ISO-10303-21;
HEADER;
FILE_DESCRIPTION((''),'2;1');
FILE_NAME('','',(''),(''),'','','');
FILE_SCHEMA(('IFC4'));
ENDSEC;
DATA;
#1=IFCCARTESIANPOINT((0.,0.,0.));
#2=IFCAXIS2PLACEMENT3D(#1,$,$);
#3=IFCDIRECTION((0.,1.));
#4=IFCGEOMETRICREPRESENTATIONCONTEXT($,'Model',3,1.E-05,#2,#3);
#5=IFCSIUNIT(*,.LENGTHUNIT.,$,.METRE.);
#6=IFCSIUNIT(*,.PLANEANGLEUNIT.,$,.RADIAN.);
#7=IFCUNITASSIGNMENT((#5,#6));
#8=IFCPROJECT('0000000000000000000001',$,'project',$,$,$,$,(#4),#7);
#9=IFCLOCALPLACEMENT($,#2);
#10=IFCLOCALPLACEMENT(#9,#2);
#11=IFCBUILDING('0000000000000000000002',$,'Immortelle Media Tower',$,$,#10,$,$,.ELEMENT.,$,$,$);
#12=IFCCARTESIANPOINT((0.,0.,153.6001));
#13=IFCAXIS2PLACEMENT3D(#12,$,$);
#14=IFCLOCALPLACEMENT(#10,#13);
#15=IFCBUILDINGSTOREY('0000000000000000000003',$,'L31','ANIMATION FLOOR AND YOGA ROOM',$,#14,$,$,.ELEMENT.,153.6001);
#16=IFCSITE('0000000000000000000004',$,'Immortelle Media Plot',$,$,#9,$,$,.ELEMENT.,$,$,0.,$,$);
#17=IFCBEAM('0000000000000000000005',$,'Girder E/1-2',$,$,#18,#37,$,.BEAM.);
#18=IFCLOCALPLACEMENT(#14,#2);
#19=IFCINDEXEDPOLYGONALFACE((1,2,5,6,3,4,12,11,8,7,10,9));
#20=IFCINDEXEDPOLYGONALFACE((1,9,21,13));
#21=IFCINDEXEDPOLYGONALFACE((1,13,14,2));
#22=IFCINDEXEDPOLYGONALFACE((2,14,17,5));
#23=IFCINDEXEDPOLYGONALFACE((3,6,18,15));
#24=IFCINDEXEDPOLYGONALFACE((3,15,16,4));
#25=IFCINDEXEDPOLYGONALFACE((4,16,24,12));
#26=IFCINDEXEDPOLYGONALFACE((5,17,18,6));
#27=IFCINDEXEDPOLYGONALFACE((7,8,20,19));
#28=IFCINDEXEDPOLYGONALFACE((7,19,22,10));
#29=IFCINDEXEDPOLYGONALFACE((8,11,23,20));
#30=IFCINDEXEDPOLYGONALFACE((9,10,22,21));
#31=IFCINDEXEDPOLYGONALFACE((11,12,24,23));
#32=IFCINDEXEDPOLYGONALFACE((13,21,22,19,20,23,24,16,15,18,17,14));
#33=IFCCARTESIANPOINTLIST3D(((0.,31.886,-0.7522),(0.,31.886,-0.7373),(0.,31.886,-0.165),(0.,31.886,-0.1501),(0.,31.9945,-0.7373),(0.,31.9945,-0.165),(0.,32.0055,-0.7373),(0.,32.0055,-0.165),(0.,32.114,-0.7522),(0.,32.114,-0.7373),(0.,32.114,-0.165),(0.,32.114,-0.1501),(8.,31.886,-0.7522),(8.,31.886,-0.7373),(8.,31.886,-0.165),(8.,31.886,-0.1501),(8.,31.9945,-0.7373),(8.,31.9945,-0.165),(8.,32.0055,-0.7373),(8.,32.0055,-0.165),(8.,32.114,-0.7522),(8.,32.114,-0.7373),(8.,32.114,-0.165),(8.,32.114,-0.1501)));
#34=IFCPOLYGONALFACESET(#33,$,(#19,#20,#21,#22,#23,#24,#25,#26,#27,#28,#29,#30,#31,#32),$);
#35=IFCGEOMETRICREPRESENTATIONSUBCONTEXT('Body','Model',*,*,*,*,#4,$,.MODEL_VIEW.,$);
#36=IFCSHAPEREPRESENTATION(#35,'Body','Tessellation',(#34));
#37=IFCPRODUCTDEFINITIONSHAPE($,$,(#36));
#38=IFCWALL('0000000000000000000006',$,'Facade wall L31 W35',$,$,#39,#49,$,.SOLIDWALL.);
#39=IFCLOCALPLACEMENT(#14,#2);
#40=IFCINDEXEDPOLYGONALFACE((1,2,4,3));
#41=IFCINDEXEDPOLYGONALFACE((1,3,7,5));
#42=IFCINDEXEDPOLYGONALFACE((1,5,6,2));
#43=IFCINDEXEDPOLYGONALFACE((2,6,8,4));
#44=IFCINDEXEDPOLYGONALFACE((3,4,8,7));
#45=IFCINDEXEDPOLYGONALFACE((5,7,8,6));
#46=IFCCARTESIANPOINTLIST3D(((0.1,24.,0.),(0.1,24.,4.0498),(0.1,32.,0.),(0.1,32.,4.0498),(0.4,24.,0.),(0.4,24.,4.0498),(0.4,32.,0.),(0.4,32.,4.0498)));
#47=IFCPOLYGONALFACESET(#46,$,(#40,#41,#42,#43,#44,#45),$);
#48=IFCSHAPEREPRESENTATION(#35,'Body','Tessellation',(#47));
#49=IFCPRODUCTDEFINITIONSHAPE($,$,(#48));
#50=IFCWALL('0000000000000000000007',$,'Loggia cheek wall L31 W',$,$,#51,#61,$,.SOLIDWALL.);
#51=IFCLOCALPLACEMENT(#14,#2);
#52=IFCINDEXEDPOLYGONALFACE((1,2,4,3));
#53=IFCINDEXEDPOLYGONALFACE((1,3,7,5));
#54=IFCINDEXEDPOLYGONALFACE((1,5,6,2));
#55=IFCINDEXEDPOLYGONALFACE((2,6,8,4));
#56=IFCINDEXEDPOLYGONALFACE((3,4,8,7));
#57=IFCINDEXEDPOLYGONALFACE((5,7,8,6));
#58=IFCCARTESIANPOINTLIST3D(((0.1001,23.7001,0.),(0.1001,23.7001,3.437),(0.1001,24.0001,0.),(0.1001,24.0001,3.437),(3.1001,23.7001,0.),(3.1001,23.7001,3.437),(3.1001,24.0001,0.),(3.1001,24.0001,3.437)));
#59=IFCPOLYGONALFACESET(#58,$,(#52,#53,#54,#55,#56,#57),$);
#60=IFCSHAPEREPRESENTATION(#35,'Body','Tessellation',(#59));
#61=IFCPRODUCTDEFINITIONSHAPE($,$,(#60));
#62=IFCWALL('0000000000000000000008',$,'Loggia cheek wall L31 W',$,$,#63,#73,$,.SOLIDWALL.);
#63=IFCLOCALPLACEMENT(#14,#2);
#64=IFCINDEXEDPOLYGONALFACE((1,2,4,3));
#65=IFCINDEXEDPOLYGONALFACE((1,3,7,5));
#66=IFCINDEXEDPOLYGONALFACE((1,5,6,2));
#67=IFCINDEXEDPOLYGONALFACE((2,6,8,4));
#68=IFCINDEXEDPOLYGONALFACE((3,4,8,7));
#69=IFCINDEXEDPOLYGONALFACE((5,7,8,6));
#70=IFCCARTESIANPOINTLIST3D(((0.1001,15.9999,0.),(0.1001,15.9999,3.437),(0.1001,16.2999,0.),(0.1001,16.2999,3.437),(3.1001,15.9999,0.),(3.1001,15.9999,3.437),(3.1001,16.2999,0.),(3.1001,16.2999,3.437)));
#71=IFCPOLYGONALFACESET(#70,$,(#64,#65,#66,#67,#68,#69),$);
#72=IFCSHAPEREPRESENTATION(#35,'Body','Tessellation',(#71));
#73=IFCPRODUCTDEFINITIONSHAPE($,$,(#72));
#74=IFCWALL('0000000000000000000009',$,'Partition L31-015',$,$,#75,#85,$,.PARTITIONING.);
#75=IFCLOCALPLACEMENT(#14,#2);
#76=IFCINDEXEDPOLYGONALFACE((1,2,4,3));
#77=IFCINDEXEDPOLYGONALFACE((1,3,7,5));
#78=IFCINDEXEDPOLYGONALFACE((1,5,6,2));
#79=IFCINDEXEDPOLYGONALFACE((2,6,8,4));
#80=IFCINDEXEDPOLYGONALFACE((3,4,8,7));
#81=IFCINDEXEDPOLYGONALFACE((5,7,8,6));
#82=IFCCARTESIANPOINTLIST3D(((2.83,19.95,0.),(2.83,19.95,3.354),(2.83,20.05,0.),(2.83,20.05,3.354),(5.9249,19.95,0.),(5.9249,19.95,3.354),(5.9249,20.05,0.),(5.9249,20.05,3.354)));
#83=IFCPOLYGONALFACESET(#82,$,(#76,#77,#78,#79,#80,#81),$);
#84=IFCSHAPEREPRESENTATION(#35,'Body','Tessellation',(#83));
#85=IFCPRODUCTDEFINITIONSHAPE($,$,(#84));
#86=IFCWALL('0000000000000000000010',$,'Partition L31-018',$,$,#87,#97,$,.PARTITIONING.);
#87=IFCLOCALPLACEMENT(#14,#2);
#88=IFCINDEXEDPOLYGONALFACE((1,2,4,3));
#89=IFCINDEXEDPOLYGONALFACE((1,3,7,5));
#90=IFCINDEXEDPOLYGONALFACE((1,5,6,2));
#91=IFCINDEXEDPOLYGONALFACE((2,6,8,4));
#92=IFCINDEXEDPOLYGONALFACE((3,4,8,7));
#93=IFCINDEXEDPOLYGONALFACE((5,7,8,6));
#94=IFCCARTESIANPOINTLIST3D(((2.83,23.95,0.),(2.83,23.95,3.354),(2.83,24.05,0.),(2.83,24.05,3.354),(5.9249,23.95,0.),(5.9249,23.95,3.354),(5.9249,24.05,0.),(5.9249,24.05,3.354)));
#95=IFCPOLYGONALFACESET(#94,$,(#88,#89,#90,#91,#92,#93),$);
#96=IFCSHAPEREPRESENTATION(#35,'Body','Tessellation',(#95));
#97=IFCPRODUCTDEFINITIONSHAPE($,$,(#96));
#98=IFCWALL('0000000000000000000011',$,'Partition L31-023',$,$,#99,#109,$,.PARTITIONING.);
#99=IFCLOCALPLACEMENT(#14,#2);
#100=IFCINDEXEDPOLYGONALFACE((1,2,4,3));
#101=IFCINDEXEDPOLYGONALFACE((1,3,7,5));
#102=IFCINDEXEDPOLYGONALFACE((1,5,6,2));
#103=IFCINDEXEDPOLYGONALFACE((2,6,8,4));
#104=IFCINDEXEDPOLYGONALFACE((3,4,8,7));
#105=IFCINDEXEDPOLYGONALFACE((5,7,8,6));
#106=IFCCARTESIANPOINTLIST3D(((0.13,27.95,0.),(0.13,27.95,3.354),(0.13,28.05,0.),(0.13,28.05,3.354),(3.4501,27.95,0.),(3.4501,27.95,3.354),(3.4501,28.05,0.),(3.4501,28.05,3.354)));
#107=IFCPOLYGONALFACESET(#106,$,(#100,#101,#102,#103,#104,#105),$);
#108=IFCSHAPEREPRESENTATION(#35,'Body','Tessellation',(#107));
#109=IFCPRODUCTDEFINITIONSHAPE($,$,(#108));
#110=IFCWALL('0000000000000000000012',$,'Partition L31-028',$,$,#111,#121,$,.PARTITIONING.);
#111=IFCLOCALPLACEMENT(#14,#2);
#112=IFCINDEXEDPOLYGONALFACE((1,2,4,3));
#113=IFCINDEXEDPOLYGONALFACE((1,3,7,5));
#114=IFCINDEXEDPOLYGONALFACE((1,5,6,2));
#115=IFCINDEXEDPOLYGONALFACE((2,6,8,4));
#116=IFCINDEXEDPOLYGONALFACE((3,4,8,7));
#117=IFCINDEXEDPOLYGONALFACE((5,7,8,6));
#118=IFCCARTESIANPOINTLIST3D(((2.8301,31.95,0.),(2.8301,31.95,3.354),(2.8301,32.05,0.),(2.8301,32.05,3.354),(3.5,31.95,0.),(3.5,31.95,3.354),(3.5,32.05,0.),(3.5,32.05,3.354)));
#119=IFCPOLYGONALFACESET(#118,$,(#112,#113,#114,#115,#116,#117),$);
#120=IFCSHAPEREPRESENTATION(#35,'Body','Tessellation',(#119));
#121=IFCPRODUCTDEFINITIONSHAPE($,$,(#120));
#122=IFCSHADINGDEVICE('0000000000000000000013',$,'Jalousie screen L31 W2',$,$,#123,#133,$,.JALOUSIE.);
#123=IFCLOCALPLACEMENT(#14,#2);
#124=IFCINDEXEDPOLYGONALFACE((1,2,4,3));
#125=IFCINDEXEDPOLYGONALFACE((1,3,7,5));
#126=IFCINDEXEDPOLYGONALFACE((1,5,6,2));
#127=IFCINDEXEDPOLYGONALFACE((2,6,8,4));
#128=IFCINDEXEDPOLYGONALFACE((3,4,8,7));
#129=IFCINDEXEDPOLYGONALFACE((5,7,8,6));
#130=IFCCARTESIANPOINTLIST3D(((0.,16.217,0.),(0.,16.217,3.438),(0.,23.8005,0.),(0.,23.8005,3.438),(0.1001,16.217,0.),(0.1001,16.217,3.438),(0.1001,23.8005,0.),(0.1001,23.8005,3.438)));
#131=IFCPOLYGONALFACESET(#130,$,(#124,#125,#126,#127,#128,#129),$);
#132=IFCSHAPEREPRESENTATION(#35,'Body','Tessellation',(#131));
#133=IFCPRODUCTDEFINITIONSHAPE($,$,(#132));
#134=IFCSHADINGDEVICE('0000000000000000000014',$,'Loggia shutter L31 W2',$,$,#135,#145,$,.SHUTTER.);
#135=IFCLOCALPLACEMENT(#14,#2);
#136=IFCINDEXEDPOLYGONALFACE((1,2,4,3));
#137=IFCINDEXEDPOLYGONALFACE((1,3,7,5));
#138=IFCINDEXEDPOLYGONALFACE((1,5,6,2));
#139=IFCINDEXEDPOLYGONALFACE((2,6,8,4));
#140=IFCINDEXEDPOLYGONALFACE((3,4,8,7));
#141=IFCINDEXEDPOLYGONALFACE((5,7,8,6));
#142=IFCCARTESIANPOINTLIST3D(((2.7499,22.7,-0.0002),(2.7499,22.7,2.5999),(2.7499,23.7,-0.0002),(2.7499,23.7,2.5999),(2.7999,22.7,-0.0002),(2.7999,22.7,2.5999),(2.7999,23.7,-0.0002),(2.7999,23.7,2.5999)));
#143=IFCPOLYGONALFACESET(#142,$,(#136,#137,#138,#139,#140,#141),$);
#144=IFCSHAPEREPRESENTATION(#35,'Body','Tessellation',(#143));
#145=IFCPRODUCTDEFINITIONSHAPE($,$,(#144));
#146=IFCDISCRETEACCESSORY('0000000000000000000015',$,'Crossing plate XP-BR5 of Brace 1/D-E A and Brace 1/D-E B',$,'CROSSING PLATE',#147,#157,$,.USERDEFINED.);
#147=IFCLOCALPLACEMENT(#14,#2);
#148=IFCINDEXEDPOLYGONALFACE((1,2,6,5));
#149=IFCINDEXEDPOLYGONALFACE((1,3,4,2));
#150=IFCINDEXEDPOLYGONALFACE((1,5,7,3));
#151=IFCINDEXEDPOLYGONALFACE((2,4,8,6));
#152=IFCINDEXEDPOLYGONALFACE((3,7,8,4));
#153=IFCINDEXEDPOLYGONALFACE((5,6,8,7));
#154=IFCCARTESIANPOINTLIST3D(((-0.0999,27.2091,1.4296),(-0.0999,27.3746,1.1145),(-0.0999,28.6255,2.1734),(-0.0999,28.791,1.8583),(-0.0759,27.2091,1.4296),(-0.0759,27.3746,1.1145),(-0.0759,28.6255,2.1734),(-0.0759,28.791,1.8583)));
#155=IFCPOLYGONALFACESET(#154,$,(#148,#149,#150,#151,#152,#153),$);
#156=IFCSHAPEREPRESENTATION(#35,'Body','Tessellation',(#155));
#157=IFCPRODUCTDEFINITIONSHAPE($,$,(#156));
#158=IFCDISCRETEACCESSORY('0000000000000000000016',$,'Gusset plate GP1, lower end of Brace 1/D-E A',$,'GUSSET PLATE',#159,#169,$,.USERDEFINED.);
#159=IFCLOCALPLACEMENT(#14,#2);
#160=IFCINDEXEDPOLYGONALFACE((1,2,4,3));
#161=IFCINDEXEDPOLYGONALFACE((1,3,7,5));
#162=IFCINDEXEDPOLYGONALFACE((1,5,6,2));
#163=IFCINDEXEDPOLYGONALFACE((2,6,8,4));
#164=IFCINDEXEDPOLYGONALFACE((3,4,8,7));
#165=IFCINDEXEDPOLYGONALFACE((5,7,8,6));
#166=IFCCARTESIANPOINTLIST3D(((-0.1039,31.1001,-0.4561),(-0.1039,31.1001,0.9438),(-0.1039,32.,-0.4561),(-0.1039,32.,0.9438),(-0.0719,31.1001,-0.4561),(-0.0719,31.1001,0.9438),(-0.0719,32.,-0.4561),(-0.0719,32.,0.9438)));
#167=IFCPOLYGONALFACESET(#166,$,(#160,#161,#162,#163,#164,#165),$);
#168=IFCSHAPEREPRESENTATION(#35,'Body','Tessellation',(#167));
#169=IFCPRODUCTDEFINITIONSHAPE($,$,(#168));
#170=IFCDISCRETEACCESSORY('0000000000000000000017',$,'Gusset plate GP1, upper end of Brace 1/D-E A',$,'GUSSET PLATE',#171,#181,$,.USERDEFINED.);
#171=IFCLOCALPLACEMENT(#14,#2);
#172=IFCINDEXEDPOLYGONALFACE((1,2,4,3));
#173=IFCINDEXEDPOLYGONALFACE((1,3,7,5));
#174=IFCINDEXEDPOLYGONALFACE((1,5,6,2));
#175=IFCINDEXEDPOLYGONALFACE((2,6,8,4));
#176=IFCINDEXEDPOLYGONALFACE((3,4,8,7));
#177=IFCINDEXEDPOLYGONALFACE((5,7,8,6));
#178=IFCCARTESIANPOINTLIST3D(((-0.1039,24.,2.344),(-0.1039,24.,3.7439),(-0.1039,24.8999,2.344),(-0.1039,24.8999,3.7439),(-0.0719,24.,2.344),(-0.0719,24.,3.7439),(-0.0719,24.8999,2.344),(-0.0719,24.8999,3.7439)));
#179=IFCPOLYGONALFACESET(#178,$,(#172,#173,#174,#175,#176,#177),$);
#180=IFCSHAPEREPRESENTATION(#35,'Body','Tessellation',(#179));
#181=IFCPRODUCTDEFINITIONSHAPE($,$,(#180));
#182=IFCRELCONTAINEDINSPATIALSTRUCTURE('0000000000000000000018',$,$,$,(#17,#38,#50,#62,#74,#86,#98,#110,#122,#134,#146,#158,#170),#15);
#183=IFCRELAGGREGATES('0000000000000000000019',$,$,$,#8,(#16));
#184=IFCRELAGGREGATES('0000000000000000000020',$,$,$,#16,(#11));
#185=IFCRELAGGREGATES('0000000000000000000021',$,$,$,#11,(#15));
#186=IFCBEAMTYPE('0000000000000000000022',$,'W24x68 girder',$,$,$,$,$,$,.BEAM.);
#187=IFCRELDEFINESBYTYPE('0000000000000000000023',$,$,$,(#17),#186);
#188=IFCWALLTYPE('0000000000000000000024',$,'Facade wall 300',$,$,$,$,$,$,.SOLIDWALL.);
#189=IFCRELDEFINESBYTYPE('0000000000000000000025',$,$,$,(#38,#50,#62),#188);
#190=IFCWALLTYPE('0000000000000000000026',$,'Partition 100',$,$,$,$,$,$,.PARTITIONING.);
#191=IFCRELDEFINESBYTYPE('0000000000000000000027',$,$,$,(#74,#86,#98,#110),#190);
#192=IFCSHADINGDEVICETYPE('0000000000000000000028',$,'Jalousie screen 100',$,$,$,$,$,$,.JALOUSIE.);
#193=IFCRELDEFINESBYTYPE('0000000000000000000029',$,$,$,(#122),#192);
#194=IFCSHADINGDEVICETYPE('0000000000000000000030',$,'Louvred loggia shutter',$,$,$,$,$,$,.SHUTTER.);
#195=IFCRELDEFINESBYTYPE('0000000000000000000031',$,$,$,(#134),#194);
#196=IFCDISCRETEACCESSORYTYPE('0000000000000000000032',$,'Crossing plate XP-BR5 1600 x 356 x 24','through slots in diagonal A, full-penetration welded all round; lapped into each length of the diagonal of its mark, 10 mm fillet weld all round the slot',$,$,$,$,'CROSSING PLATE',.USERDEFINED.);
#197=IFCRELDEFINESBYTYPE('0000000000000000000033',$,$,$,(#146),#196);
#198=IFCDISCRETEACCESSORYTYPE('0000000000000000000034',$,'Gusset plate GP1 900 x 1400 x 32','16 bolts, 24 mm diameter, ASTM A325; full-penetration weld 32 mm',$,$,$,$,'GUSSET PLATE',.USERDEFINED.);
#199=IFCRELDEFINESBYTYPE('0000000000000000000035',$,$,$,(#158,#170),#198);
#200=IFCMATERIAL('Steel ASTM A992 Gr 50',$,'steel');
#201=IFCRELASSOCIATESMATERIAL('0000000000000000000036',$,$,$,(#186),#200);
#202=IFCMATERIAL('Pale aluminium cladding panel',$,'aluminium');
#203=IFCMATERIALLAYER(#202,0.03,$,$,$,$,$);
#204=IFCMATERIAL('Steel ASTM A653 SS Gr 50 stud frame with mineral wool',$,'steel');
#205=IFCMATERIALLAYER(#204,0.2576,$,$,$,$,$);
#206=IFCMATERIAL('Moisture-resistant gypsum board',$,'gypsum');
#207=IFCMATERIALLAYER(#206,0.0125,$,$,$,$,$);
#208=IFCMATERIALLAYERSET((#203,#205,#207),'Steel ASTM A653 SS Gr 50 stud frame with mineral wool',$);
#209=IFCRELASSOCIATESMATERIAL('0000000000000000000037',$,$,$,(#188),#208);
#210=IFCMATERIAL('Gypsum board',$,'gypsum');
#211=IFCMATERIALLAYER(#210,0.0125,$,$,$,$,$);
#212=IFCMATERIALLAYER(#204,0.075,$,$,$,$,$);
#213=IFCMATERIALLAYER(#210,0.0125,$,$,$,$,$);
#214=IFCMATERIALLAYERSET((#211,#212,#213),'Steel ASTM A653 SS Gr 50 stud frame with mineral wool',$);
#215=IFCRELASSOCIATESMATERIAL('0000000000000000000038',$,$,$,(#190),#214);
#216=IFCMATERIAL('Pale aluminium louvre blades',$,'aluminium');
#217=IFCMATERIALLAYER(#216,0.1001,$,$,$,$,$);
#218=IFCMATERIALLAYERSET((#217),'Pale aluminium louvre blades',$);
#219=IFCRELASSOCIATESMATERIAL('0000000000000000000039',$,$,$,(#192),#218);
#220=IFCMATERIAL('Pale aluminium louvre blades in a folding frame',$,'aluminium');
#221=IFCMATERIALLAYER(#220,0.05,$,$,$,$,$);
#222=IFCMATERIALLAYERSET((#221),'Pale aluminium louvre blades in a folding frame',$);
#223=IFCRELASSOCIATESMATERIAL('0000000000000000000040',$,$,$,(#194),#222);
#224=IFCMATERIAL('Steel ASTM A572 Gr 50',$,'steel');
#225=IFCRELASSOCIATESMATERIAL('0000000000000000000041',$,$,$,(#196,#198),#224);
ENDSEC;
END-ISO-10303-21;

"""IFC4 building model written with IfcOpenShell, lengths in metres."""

from ifc_helpers import new_model, si_unit, direction, frame, frame_2d, origin, origin_2d, place, context, subcontext, project, spatial, rectangle, i_section, extrude, material, layer, layer_set, material_profile, profile_set, type_object, element, save


model = new_model("IFC4")

# Units and contexts
model_context = context("Model", 3, precision=1e-05, world=origin(), true_north=direction((0.0, 1.0)))
body_context = subcontext(model_context, "Body", "Model", "MODEL_VIEW")
ifc_project = project(units=[si_unit("LENGTHUNIT", "METRE"), si_unit("PLANEANGLEUNIT", "RADIAN")], contexts=[model_context])

# Site, building, storey
site_placement = place(None, origin())
site = spatial("IfcSite", under=ifc_project, at=site_placement, Name="Immortelle Media Plot", CompositionType="ELEMENT", RefElevation=0.0)
building_placement = place(site_placement, origin())
building = spatial("IfcBuilding", under=site, at=building_placement, Name="Immortelle Media Tower", CompositionType="ELEMENT")
storey_placement = place(building_placement, frame((0.0, 0.0, 153.6001)))
storey = spatial("IfcBuildingStorey", under=building, at=storey_placement, Name="L31", Description="ANIMATION FLOOR AND YOGA ROOM", CompositionType="ELEMENT", Elevation=153.6001)

# Shared definitions
ifc_material_1 = material(Name="Steel ASTM A992 Gr 50", Category="steel")

# Beam
ifc_material_profile_1 = material_profile(ifc_material_1, i_section(OverallWidth=0.228, OverallDepth=0.6021, WebThickness=0.011, FlangeThickness=0.0149, at=origin_2d()), Name="W24x68")
ifc_profile_set_1 = profile_set([ifc_material_profile_1], Name="Steel ASTM A992 Gr 50")
beam_type_1 = type_object("IfcBeamType", Name="W24x68 girder", PredefinedType="BEAM", material=ifc_profile_set_1)
for number, where, z_axis, x_axis, name in (
    (1, (0.0, 32.0, -0.4512), (1.0, 0.0, 0.0), (0.0, 1.0, 0.0), "Girder E/1-2"),
):
    element("IfcBeam", number, at=place(storey_placement, frame(where, z_axis=z_axis, x_axis=x_axis)), inside=storey, type_object=beam_type_1, Name=name, PredefinedType="BEAM", context=body_context, shape_type="SweptSolid", body=[
        extrude(i_section(OverallWidth=0.228, OverallDepth=0.6021, WebThickness=0.011, FlangeThickness=0.0149, at=origin_2d()), origin(), (0.0, 0.0, 1.0), 8.0),
    ])

# Walls
ifc_material_2 = material(Name="Pale aluminium cladding panel", Category="aluminium")
ifc_layer_1 = layer(ifc_material_2, 0.03)
ifc_material_3 = material(Name="Steel ASTM A653 SS Gr 50 stud frame with mineral wool", Category="steel")
ifc_layer_2 = layer(ifc_material_3, 0.2576)
ifc_material_4 = material(Name="Moisture-resistant gypsum board", Category="gypsum")
ifc_layer_3 = layer(ifc_material_4, 0.0125)
ifc_layer_set_1 = layer_set([ifc_layer_1, ifc_layer_2, ifc_layer_3], Name="Steel ASTM A653 SS Gr 50 stud frame with mineral wool")
wall_type_1 = type_object("IfcWallType", Name="Facade wall 300", PredefinedType="SOLIDWALL", material=ifc_layer_set_1)
wall_1_placement = place(storey_placement, frame((0.25, 32.0, 0.0), z_axis=(0.0, 0.0, 1.0), x_axis=(0.0, -1.0, 0.0)))
element("IfcWall", 2, at=wall_1_placement, inside=storey, type_object=wall_type_1, Name="Facade wall L31 W35", PredefinedType="SOLIDWALL", context=body_context, shape_type="SweptSolid", body=[
    extrude(rectangle(XDim=8.0, YDim=0.3, at=frame_2d((4.0, 0.0))), origin(), (0.0, 0.0, 1.0), 4.0498),
])
for number, where, z_axis, x_axis, name in (
    (3, (0.1001, 23.8501, 0.0), (0.0, 0.0, 1.0), (1.0, 0.0, 0.0), "Loggia cheek wall L31 W"),
    (4, (0.1001, 16.1499, 0.0), (0.0, 0.0, 1.0), (1.0, 0.0, 0.0), "Loggia cheek wall L31 W"),
):
    element("IfcWall", number, at=place(storey_placement, frame(where, z_axis=z_axis, x_axis=x_axis)), inside=storey, type_object=wall_type_1, Name=name, PredefinedType="SOLIDWALL", context=body_context, shape_type="SweptSolid", body=[
        extrude(rectangle(XDim=3.0, YDim=0.3, at=frame_2d((1.5, 0.0))), origin(), (0.0, 0.0, 1.0), 3.437),
    ])
ifc_material_5 = material(Name="Gypsum board", Category="gypsum")
ifc_layer_4 = layer(ifc_material_5, 0.0125)
ifc_layer_5 = layer(ifc_material_3, 0.075)
ifc_layer_6 = layer(ifc_material_5, 0.0125)
ifc_layer_set_2 = layer_set([ifc_layer_4, ifc_layer_5, ifc_layer_6], Name="Steel ASTM A653 SS Gr 50 stud frame with mineral wool")
wall_type_2 = type_object("IfcWallType", Name="Partition 100", PredefinedType="PARTITIONING", material=ifc_layer_set_2)
for number, where, z_axis, x_axis, name in (
    (5, (2.8301, 20.0, 0.0), (0.0, 0.0, 1.0), (1.0, 0.0, 0.0), "Partition L31-015"),
    (6, (2.8301, 24.0, 0.0), (0.0, 0.0, 1.0), (1.0, 0.0, 0.0), "Partition L31-018"),
):
    element("IfcWall", number, at=place(storey_placement, frame(where, z_axis=z_axis, x_axis=x_axis)), inside=storey, type_object=wall_type_2, Name=name, PredefinedType="PARTITIONING", context=body_context, shape_type="SweptSolid", body=[
        extrude(rectangle(XDim=3.095, YDim=0.1001, at=frame_2d((1.5474, 0.0))), origin(), (0.0, 0.0, 1.0), 3.354),
    ])
wall_2_placement = place(storey_placement, frame((0.1299, 28.0, 0.0), z_axis=(0.0, 0.0, 1.0), x_axis=(1.0, 0.0, 0.0)))
element("IfcWall", 7, at=wall_2_placement, inside=storey, type_object=wall_type_2, Name="Partition L31-023", PredefinedType="PARTITIONING", context=body_context, shape_type="SweptSolid", body=[
    extrude(rectangle(XDim=3.3201, YDim=0.1001, at=frame_2d((1.6602, 0.0))), origin(), (0.0, 0.0, 1.0), 3.354),
])
wall_3_placement = place(storey_placement, frame((2.8301, 32.0, 0.0), z_axis=(0.0, 0.0, 1.0), x_axis=(1.0, 0.0, 0.0)))
element("IfcWall", 8, at=wall_3_placement, inside=storey, type_object=wall_type_2, Name="Partition L31-028", PredefinedType="PARTITIONING", context=body_context, shape_type="SweptSolid", body=[
    extrude(rectangle(XDim=0.6699, YDim=0.1001, at=frame_2d((0.335, 0.0))), origin(), (0.0, 0.0, 1.0), 3.354),
])

# Shading devices
ifc_material_6 = material(Name="Pale aluminium louvre blades", Category="aluminium")
ifc_layer_7 = layer(ifc_material_6, 0.1001)
ifc_layer_set_3 = layer_set([ifc_layer_7], Name="Pale aluminium louvre blades")
shading_device_type_1 = type_object("IfcShadingDeviceType", Name="Jalousie screen 100", PredefinedType="JALOUSIE", material=ifc_layer_set_3)
shading_device_1_placement = place(storey_placement, frame((0.05, 20.0088, 0.0), z_axis=(0.0, 0.0, 1.0), x_axis=(0.0, -1.0, 0.0)))
element("IfcShadingDevice", 9, at=shading_device_1_placement, inside=storey, type_object=shading_device_type_1, Name="Jalousie screen L31 W2", PredefinedType="JALOUSIE", context=body_context, shape_type="SweptSolid", body=[
    extrude(rectangle(XDim=7.5835, YDim=0.1001, at=origin_2d()), origin(), (0.0, 0.0, 1.0), 3.438),
])
ifc_material_7 = material(Name="Pale aluminium louvre blades in a folding frame", Category="aluminium")
ifc_layer_8 = layer(ifc_material_7, 0.05)
ifc_layer_set_4 = layer_set([ifc_layer_8], Name="Pale aluminium louvre blades in a folding frame")
shading_device_type_2 = type_object("IfcShadingDeviceType", Name="Louvred loggia shutter", PredefinedType="SHUTTER", material=ifc_layer_set_4)
shading_device_2_placement = place(storey_placement, frame((2.7749, 23.2, -0.0002), z_axis=(0.0, 0.0, 1.0), x_axis=(0.0, -1.0, 0.0)))
element("IfcShadingDevice", 10, at=shading_device_2_placement, inside=storey, type_object=shading_device_type_2, Name="Loggia shutter L31 W2", PredefinedType="SHUTTER", context=body_context, shape_type="SweptSolid", body=[
    extrude(rectangle(XDim=1.0, YDim=0.05, at=origin_2d()), origin(), (0.0, 0.0, 1.0), 2.6001),
])

# Discrete accessories
ifc_material_8 = material(Name="Steel ASTM A572 Gr 50", Category="steel")
ifc_material_profile_2 = material_profile(ifc_material_8, rectangle(XDim=0.0239, YDim=0.356, at=origin_2d()), Name="PL 24 x 356")
ifc_profile_set_2 = profile_set([ifc_material_profile_2], Name="Steel ASTM A572 Gr 50")
discrete_accessory_type_1 = type_object("IfcDiscreteAccessoryType", Name="Crossing plate XP-BR5 1600 x 356 x 24", Description="through slots in diagonal A, full-penetration welded all round; lapped into each length of the diagonal of its mark, 10 mm fillet weld all round the slot", ElementType="CROSSING PLATE", PredefinedType="USERDEFINED", material=ifc_profile_set_2)
discrete_accessory_placement = place(storey_placement, frame((-0.0879, 28.7083, 2.0159), z_axis=(0.0, -0.885338, -0.464948), x_axis=(1.0, 0.0, 0.0)))
element("IfcDiscreteAccessory", 11, at=discrete_accessory_placement, inside=storey, type_object=discrete_accessory_type_1, Name="Crossing plate XP-BR5 of Brace 1/D-E A and Brace 1/D-E B", ObjectType="CROSSING PLATE", PredefinedType="USERDEFINED", context=body_context, shape_type="SweptSolid", body=[
    extrude(rectangle(XDim=0.0239, YDim=0.356, at=origin_2d()), origin(), (0.0, 0.0, 1.0), 1.5999),
])
ifc_material_profile_3 = material_profile(ifc_material_8, rectangle(XDim=0.032, YDim=1.3999, at=origin_2d()), Name="PL 32 x 1400")
ifc_profile_set_3 = profile_set([ifc_material_profile_3], Name="Steel ASTM A572 Gr 50")
discrete_accessory_type_2 = type_object("IfcDiscreteAccessoryType", Name="Gusset plate GP1 900 x 1400 x 32", Description="16 bolts, 24 mm diameter, ASTM A325; full-penetration weld 32 mm", ElementType="GUSSET PLATE", PredefinedType="USERDEFINED", material=ifc_profile_set_3)
for number, where, z_axis, x_axis, name in (
    (12, (-0.0879, 32.0, 0.2439), (0.0, -1.0, 0.0), (1.0, 0.0, 0.0), "Gusset plate GP1, lower end of Brace 1/D-E A"),
    (13, (-0.0879, 24.0, 3.0439), (0.0, 1.0, 0.0), (-1.0, 0.0, 0.0), "Gusset plate GP1, upper end of Brace 1/D-E A"),
):
    element("IfcDiscreteAccessory", number, at=place(storey_placement, frame(where, z_axis=z_axis, x_axis=x_axis)), inside=storey, type_object=discrete_accessory_type_2, Name=name, ObjectType="GUSSET PLATE", PredefinedType="USERDEFINED", context=body_context, shape_type="SweptSolid", body=[
        extrude(rectangle(XDim=0.032, YDim=1.3999, at=origin_2d()), origin(), (0.0, 0.0, 1.0), 0.8999),
    ])

save(model, "model.ifc")
